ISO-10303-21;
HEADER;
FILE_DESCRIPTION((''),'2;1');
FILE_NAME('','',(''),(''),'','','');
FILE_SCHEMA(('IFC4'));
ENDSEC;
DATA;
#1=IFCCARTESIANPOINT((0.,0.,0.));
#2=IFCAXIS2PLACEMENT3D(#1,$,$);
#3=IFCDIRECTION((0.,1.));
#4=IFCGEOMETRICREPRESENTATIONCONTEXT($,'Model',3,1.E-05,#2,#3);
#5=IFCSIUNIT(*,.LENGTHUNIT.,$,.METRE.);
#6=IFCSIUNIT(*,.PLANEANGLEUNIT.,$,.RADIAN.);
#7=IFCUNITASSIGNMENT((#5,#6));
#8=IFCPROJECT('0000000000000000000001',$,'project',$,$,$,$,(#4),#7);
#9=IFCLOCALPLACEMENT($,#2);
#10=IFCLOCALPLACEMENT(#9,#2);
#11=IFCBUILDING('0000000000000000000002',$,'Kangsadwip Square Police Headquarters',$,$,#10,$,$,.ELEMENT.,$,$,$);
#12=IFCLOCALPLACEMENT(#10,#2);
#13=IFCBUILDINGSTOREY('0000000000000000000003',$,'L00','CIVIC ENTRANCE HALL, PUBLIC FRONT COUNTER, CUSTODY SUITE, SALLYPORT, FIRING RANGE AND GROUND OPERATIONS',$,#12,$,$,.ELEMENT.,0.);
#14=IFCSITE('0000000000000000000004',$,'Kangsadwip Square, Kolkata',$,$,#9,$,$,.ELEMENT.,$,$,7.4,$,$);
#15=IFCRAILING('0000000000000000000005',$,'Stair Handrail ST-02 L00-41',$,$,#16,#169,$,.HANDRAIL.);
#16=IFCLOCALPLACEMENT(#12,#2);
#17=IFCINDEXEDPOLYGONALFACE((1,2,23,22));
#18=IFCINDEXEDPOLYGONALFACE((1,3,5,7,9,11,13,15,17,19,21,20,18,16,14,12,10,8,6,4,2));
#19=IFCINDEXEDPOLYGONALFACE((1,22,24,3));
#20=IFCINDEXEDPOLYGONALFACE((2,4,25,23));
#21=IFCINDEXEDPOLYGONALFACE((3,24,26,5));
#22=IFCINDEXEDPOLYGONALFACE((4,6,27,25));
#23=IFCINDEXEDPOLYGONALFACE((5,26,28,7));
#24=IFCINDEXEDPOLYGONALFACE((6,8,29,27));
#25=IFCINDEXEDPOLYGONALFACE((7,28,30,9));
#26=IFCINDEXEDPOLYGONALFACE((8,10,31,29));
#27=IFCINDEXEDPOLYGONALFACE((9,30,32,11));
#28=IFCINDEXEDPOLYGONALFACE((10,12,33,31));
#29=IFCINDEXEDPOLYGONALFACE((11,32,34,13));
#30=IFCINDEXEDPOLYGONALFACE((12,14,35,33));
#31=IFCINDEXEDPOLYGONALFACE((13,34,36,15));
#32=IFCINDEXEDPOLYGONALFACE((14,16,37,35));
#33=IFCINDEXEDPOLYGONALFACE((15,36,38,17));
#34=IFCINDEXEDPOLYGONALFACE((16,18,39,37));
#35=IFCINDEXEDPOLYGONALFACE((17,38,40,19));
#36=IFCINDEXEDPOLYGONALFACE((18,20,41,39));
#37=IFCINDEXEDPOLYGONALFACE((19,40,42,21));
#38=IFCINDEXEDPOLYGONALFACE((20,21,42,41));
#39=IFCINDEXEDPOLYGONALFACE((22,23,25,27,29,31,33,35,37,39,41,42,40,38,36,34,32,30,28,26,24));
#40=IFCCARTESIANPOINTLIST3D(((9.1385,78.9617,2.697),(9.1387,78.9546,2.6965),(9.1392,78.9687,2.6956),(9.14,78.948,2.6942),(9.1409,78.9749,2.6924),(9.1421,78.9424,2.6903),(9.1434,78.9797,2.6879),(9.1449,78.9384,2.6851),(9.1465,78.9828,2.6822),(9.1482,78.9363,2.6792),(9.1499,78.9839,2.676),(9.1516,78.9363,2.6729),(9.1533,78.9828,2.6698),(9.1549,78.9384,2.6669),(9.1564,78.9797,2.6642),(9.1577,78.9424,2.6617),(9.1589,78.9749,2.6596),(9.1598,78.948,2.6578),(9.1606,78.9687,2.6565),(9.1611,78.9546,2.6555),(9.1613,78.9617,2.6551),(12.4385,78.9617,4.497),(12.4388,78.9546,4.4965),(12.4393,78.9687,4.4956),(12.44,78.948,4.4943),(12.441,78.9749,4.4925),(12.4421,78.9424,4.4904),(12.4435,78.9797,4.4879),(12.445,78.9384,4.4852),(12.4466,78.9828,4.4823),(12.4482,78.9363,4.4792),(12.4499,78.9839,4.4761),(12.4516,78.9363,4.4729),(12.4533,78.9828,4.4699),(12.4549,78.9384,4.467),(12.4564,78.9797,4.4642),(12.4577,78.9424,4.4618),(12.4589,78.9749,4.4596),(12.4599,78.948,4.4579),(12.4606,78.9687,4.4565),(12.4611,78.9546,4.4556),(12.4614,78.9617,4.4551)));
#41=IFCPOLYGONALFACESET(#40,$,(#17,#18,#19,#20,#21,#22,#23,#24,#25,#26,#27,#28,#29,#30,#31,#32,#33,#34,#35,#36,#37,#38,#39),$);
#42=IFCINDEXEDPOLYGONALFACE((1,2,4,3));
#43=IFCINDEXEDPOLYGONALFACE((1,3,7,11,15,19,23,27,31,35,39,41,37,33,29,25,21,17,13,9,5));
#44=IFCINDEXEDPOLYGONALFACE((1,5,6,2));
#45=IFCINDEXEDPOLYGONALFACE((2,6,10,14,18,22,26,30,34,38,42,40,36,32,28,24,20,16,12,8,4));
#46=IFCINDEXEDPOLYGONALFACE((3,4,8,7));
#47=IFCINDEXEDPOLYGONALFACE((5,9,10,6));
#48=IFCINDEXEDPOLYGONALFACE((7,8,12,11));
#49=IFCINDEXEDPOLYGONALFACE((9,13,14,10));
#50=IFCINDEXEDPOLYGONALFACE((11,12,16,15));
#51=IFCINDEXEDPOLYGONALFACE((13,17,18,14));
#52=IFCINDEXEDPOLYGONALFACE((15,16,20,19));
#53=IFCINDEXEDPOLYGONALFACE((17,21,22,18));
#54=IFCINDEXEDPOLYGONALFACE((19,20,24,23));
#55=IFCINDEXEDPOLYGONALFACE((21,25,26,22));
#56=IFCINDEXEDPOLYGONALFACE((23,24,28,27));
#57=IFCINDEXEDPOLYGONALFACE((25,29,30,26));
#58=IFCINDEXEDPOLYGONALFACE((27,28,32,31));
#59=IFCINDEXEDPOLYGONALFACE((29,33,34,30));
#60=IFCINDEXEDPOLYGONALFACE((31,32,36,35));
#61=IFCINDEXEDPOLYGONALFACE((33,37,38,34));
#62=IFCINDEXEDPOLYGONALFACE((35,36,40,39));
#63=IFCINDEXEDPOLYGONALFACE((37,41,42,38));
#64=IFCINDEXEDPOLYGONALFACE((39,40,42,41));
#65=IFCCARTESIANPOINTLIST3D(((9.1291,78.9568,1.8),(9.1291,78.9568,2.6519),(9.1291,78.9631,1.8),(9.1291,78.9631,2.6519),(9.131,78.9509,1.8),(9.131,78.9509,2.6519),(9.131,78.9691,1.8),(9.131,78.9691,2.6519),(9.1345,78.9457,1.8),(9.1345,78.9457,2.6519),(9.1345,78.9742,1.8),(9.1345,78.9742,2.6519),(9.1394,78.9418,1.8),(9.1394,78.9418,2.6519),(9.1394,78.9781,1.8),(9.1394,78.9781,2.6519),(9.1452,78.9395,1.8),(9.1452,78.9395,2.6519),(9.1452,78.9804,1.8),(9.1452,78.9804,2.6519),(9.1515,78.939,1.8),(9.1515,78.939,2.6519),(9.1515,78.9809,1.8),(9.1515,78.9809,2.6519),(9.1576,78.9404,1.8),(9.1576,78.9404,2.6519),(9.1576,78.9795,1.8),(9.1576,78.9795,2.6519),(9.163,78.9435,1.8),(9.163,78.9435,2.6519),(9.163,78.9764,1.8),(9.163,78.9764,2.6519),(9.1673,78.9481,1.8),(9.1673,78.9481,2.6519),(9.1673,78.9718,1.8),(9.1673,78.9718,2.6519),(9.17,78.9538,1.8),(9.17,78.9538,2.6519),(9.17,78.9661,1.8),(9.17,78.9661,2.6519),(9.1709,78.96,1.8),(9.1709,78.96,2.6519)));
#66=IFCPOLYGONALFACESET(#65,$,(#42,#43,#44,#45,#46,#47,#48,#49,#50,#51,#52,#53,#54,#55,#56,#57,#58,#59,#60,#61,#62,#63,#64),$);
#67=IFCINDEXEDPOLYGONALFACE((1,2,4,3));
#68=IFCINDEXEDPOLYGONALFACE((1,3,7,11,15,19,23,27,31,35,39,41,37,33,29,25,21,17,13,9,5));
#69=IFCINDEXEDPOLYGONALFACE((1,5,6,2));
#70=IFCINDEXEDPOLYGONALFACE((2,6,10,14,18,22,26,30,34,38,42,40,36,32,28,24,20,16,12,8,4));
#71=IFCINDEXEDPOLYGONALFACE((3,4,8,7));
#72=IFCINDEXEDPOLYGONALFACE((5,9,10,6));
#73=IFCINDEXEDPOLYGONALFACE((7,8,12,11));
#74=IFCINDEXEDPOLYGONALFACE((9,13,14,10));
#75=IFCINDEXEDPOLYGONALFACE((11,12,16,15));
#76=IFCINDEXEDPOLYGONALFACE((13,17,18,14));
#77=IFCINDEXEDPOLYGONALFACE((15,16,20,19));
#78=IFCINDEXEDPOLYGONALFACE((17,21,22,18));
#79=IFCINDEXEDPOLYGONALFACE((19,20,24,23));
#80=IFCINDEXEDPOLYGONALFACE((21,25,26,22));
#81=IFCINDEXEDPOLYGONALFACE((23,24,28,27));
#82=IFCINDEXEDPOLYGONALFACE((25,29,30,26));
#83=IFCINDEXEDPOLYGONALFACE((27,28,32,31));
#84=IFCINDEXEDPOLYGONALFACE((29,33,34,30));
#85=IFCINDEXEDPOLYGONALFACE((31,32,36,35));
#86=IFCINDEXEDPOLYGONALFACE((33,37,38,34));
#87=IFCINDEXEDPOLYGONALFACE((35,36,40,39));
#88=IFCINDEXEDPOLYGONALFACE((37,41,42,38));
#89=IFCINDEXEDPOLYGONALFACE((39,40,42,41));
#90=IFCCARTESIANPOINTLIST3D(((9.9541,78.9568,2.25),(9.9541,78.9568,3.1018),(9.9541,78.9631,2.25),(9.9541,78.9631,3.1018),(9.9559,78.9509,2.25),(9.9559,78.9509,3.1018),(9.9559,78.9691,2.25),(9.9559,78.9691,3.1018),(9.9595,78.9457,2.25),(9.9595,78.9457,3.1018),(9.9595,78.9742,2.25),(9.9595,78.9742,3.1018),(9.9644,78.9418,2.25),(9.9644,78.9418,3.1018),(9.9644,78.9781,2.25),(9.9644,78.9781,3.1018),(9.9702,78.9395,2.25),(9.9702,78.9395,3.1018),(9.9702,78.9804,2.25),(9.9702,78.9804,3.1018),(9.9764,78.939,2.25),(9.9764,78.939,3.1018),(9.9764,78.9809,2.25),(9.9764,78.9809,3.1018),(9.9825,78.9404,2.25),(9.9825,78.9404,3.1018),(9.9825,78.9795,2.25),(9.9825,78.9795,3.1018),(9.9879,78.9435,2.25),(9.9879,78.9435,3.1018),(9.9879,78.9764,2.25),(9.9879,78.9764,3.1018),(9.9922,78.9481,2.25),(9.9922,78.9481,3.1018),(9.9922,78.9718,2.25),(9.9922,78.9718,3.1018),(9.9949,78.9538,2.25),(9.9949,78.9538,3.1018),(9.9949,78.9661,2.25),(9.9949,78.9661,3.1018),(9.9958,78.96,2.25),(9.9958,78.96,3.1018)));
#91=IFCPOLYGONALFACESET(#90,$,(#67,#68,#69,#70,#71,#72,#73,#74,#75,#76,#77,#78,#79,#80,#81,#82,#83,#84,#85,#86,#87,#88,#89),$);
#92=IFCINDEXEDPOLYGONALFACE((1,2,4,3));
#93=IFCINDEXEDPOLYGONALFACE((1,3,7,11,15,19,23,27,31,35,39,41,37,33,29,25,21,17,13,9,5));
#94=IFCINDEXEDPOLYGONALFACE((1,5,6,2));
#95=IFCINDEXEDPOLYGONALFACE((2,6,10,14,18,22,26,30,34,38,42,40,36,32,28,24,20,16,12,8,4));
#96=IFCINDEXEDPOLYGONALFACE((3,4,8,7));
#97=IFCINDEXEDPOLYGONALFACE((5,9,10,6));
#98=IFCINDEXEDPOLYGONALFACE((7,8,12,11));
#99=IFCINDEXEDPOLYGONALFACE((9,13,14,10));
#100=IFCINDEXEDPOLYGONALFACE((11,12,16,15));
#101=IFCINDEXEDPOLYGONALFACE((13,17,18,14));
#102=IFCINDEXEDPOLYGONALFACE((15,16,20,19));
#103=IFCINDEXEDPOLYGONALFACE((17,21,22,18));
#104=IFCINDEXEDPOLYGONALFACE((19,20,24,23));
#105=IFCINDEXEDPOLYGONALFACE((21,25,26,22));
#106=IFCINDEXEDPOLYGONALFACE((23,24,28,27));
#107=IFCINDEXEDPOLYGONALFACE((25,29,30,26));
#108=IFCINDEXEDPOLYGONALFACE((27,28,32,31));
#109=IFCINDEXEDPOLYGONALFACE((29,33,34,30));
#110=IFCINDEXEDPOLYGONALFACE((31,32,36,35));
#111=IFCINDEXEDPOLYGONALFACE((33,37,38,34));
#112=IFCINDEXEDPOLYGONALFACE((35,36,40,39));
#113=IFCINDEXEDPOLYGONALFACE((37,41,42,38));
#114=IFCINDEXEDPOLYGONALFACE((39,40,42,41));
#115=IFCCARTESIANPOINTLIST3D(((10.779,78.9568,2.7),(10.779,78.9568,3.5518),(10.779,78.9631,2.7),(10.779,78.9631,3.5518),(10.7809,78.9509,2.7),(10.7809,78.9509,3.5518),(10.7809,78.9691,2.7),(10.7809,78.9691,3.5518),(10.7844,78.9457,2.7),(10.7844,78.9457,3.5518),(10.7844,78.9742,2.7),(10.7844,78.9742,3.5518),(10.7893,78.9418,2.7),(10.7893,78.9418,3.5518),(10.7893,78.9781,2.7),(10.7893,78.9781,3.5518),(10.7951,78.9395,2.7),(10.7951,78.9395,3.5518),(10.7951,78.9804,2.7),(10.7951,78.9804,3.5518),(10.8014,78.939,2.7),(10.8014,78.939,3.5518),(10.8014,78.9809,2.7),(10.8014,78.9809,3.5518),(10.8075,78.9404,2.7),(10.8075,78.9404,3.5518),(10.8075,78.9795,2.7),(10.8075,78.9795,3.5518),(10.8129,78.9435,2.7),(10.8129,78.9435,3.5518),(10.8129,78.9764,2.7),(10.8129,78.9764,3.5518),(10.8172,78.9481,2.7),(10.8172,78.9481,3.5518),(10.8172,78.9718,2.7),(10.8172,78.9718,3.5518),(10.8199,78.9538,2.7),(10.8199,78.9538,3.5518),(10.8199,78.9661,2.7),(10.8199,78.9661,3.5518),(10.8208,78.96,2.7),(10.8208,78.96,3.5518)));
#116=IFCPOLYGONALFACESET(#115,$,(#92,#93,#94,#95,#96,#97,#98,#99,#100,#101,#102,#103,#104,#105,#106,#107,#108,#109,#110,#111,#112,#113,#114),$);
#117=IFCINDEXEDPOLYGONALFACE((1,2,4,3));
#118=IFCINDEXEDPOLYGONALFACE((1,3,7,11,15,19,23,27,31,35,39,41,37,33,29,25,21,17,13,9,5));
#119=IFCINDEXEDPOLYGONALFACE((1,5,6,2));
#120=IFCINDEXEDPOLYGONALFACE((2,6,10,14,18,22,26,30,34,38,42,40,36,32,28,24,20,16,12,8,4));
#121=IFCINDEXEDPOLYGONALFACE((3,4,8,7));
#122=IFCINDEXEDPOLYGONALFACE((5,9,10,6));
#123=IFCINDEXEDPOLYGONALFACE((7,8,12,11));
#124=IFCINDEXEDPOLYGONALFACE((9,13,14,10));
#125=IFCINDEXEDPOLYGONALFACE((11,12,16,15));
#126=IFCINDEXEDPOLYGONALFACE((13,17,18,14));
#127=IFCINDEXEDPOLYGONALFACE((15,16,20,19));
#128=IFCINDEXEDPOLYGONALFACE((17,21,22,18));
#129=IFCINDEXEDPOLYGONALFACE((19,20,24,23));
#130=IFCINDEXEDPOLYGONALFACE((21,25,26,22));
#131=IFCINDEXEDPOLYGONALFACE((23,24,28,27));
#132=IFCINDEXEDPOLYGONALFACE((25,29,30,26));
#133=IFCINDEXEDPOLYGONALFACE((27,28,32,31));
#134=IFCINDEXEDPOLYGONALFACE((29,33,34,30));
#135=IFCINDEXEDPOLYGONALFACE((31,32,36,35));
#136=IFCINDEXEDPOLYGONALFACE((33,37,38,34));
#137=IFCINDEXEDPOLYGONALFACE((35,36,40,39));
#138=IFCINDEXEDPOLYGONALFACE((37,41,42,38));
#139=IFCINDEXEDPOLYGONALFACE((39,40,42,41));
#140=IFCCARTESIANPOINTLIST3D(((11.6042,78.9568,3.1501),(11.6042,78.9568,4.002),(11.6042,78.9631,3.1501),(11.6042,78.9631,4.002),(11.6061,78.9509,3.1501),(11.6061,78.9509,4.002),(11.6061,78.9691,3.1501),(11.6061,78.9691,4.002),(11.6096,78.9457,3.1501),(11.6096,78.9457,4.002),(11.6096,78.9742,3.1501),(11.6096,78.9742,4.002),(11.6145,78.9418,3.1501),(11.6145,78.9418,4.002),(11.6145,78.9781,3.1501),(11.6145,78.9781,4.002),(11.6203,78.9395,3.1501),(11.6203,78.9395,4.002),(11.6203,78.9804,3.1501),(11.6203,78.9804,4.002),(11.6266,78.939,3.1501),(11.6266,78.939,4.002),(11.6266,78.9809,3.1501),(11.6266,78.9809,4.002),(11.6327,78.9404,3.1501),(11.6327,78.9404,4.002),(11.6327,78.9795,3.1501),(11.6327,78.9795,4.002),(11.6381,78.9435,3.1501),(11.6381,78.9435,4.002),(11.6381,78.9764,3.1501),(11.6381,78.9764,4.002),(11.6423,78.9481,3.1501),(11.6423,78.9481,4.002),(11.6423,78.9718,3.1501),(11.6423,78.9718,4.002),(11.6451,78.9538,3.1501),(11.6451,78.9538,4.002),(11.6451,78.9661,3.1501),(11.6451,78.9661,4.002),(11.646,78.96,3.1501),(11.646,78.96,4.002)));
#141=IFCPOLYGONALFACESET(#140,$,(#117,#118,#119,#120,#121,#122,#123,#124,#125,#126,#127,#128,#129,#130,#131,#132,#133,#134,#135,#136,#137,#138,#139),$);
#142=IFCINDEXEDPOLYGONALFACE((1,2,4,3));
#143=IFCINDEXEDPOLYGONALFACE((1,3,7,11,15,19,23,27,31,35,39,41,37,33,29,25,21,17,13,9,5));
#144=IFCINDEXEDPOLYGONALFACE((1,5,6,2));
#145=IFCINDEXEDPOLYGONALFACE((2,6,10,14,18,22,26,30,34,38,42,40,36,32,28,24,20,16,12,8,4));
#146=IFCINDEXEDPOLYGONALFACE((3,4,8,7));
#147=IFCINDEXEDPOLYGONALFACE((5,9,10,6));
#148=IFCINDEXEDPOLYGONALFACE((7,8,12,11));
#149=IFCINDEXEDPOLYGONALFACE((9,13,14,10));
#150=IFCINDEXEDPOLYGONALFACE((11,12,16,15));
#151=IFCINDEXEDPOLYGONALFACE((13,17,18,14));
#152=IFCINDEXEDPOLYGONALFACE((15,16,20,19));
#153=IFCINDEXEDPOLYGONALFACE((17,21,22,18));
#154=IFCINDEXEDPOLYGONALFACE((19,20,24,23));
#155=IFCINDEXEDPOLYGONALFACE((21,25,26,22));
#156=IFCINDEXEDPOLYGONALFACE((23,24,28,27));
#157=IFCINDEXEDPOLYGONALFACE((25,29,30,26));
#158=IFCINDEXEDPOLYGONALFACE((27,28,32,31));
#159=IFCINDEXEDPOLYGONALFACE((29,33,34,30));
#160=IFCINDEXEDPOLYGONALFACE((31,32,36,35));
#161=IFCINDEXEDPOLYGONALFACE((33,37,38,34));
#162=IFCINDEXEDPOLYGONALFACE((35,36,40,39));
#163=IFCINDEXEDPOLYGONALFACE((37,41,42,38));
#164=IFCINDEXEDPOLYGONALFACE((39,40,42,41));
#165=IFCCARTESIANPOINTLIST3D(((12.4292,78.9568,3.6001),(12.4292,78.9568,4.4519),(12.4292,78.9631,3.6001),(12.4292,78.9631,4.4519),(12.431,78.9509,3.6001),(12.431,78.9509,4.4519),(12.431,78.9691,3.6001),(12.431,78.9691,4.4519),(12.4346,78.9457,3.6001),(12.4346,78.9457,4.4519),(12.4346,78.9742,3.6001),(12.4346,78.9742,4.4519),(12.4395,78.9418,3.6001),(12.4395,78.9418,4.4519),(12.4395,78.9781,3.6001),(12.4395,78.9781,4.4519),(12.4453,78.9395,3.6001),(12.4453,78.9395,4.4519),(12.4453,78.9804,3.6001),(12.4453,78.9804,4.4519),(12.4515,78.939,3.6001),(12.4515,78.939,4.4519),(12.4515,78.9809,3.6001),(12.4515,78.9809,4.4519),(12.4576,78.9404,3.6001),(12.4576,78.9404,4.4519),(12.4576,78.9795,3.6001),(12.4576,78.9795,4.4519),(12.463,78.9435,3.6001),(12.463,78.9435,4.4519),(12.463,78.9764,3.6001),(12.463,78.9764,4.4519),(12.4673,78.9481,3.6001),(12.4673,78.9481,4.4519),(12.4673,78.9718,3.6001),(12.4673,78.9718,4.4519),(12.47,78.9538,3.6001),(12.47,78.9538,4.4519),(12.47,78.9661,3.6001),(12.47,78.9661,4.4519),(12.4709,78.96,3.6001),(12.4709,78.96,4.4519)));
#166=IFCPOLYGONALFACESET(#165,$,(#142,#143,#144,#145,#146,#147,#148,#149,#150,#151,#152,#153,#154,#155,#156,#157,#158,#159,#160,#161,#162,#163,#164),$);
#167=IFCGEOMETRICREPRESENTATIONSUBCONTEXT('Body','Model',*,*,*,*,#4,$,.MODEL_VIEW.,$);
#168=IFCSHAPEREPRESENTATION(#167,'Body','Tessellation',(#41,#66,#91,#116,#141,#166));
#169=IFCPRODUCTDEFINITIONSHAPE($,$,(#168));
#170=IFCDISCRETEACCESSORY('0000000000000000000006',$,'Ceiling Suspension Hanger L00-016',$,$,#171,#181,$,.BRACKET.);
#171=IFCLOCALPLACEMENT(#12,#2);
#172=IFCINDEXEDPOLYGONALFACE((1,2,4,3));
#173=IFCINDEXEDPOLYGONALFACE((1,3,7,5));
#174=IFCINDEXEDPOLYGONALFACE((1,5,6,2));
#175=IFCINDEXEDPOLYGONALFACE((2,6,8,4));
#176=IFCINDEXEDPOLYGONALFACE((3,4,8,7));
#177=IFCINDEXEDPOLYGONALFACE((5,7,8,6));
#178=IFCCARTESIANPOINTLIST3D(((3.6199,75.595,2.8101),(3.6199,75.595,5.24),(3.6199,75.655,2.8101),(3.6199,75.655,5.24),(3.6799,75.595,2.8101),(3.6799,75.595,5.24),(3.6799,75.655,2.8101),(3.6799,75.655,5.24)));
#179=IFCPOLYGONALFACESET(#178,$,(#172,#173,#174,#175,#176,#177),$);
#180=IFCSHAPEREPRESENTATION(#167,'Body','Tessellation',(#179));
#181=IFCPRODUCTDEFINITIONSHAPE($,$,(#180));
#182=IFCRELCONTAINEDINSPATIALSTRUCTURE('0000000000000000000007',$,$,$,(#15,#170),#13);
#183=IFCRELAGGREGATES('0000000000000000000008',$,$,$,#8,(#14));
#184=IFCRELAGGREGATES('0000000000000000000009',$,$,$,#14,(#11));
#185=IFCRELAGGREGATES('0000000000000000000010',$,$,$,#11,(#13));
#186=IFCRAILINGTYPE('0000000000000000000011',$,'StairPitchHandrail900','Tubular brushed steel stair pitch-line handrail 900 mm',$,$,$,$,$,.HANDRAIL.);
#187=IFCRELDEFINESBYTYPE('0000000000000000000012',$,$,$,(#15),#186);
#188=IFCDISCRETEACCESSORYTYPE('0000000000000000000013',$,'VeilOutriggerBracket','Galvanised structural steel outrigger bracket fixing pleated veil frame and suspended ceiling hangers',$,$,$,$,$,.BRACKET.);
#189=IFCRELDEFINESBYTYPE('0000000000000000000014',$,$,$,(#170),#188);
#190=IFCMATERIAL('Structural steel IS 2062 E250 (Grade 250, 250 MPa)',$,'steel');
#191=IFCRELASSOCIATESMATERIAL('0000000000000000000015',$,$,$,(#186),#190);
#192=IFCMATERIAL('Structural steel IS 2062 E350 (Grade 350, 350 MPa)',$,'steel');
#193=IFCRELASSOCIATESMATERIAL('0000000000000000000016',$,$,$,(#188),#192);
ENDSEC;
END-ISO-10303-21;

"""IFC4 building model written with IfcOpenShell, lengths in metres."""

from ifc_helpers import new_model, si_unit, direction, frame, origin, origin_2d, place, context, subcontext, project, spatial, rectangle, circle, extrude, material, type_object, element, save


model = new_model("IFC4")

# Units and contexts
model_context = context("Model", 3, precision=1e-05, world=origin(), true_north=direction((0.0, 1.0)))
body_context = subcontext(model_context, "Body", "Model", "MODEL_VIEW")
ifc_project = project(units=[si_unit("LENGTHUNIT", "METRE"), si_unit("PLANEANGLEUNIT", "RADIAN")], contexts=[model_context])

# Site, building, storey
site_placement = place(None, origin())
site = spatial("IfcSite", under=ifc_project, at=site_placement, Name="Kangsadwip Square, Kolkata", CompositionType="ELEMENT", RefElevation=7.4)
building_placement = place(site_placement, origin())
building = spatial("IfcBuilding", under=site, at=building_placement, Name="Kangsadwip Square Police Headquarters", CompositionType="ELEMENT")
storey_placement = place(building_placement, origin())
storey = spatial("IfcBuildingStorey", under=building, at=storey_placement, Name="L00", Description="CIVIC ENTRANCE HALL, PUBLIC FRONT COUNTER, CUSTODY SUITE, SALLYPORT, FIRING RANGE AND GROUND OPERATIONS", CompositionType="ELEMENT", Elevation=0.0)

# Railing
ifc_material_1 = material(Name="Structural steel IS 2062 E250 (Grade 250, 250 MPa)", Category="steel")
railing_type_1 = type_object("IfcRailingType", Name="StairPitchHandrail900", Description="Tubular brushed steel stair pitch-line handrail 900 mm", PredefinedType="HANDRAIL", material=ifc_material_1)
railing_1_placement = place(storey_placement, frame((9.1499, 78.96, 1.8)))
element("IfcRailing", 1, at=railing_1_placement, inside=storey, type_object=railing_type_1, Name="Stair Handrail ST-02 L00-41", PredefinedType="HANDRAIL", context=body_context, shape_type="SweptSolid", body=[
    extrude(circle(Radius=0.0239, at=origin_2d()), frame((0.0, 0.0, 0.876), z_axis=(0.877893, 0.0, 0.478857), x_axis=(0.0, 1.0, 0.0)), (0.0, 0.0, 1.0), 3.759),
    extrude(circle(Radius=0.021, at=origin_2d()), origin(), (0.0, 0.0, 1.0), 0.8518),
    extrude(circle(Radius=0.021, at=origin_2d()), frame((0.825, 0.0, 0.45)), (0.0, 0.0, 1.0), 0.8518),
    extrude(circle(Radius=0.021, at=origin_2d()), frame((1.6499, 0.0, 0.8999)), (0.0, 0.0, 1.0), 0.8518),
    extrude(circle(Radius=0.021, at=origin_2d()), frame((2.4751, 0.0, 1.3501)), (0.0, 0.0, 1.0), 0.8518),
    extrude(circle(Radius=0.021, at=origin_2d()), frame((3.3, 0.0, 1.8)), (0.0, 0.0, 1.0), 0.8518),
])

# Discrete accessory
ifc_material_2 = material(Name="Structural steel IS 2062 E350 (Grade 350, 350 MPa)", Category="steel")
discrete_accessory_type = type_object("IfcDiscreteAccessoryType", Name="VeilOutriggerBracket", Description="Galvanised structural steel outrigger bracket fixing pleated veil frame and suspended ceiling hangers", PredefinedType="BRACKET", material=ifc_material_2)
discrete_accessory_placement = place(storey_placement, frame((3.6499, 75.625, 2.8101), z_axis=(0.0, 0.0, 1.0), x_axis=(1.0, 0.0, 0.0)))
element("IfcDiscreteAccessory", 2, at=discrete_accessory_placement, inside=storey, type_object=discrete_accessory_type, Name="Ceiling Suspension Hanger L00-016", PredefinedType="BRACKET", context=body_context, shape_type="SweptSolid", body=[
    extrude(rectangle(XDim=0.0601, YDim=0.0601, at=origin_2d()), origin(), (0.0, 0.0, 1.0), 2.4299),
])

save(model, "model.ifc")
